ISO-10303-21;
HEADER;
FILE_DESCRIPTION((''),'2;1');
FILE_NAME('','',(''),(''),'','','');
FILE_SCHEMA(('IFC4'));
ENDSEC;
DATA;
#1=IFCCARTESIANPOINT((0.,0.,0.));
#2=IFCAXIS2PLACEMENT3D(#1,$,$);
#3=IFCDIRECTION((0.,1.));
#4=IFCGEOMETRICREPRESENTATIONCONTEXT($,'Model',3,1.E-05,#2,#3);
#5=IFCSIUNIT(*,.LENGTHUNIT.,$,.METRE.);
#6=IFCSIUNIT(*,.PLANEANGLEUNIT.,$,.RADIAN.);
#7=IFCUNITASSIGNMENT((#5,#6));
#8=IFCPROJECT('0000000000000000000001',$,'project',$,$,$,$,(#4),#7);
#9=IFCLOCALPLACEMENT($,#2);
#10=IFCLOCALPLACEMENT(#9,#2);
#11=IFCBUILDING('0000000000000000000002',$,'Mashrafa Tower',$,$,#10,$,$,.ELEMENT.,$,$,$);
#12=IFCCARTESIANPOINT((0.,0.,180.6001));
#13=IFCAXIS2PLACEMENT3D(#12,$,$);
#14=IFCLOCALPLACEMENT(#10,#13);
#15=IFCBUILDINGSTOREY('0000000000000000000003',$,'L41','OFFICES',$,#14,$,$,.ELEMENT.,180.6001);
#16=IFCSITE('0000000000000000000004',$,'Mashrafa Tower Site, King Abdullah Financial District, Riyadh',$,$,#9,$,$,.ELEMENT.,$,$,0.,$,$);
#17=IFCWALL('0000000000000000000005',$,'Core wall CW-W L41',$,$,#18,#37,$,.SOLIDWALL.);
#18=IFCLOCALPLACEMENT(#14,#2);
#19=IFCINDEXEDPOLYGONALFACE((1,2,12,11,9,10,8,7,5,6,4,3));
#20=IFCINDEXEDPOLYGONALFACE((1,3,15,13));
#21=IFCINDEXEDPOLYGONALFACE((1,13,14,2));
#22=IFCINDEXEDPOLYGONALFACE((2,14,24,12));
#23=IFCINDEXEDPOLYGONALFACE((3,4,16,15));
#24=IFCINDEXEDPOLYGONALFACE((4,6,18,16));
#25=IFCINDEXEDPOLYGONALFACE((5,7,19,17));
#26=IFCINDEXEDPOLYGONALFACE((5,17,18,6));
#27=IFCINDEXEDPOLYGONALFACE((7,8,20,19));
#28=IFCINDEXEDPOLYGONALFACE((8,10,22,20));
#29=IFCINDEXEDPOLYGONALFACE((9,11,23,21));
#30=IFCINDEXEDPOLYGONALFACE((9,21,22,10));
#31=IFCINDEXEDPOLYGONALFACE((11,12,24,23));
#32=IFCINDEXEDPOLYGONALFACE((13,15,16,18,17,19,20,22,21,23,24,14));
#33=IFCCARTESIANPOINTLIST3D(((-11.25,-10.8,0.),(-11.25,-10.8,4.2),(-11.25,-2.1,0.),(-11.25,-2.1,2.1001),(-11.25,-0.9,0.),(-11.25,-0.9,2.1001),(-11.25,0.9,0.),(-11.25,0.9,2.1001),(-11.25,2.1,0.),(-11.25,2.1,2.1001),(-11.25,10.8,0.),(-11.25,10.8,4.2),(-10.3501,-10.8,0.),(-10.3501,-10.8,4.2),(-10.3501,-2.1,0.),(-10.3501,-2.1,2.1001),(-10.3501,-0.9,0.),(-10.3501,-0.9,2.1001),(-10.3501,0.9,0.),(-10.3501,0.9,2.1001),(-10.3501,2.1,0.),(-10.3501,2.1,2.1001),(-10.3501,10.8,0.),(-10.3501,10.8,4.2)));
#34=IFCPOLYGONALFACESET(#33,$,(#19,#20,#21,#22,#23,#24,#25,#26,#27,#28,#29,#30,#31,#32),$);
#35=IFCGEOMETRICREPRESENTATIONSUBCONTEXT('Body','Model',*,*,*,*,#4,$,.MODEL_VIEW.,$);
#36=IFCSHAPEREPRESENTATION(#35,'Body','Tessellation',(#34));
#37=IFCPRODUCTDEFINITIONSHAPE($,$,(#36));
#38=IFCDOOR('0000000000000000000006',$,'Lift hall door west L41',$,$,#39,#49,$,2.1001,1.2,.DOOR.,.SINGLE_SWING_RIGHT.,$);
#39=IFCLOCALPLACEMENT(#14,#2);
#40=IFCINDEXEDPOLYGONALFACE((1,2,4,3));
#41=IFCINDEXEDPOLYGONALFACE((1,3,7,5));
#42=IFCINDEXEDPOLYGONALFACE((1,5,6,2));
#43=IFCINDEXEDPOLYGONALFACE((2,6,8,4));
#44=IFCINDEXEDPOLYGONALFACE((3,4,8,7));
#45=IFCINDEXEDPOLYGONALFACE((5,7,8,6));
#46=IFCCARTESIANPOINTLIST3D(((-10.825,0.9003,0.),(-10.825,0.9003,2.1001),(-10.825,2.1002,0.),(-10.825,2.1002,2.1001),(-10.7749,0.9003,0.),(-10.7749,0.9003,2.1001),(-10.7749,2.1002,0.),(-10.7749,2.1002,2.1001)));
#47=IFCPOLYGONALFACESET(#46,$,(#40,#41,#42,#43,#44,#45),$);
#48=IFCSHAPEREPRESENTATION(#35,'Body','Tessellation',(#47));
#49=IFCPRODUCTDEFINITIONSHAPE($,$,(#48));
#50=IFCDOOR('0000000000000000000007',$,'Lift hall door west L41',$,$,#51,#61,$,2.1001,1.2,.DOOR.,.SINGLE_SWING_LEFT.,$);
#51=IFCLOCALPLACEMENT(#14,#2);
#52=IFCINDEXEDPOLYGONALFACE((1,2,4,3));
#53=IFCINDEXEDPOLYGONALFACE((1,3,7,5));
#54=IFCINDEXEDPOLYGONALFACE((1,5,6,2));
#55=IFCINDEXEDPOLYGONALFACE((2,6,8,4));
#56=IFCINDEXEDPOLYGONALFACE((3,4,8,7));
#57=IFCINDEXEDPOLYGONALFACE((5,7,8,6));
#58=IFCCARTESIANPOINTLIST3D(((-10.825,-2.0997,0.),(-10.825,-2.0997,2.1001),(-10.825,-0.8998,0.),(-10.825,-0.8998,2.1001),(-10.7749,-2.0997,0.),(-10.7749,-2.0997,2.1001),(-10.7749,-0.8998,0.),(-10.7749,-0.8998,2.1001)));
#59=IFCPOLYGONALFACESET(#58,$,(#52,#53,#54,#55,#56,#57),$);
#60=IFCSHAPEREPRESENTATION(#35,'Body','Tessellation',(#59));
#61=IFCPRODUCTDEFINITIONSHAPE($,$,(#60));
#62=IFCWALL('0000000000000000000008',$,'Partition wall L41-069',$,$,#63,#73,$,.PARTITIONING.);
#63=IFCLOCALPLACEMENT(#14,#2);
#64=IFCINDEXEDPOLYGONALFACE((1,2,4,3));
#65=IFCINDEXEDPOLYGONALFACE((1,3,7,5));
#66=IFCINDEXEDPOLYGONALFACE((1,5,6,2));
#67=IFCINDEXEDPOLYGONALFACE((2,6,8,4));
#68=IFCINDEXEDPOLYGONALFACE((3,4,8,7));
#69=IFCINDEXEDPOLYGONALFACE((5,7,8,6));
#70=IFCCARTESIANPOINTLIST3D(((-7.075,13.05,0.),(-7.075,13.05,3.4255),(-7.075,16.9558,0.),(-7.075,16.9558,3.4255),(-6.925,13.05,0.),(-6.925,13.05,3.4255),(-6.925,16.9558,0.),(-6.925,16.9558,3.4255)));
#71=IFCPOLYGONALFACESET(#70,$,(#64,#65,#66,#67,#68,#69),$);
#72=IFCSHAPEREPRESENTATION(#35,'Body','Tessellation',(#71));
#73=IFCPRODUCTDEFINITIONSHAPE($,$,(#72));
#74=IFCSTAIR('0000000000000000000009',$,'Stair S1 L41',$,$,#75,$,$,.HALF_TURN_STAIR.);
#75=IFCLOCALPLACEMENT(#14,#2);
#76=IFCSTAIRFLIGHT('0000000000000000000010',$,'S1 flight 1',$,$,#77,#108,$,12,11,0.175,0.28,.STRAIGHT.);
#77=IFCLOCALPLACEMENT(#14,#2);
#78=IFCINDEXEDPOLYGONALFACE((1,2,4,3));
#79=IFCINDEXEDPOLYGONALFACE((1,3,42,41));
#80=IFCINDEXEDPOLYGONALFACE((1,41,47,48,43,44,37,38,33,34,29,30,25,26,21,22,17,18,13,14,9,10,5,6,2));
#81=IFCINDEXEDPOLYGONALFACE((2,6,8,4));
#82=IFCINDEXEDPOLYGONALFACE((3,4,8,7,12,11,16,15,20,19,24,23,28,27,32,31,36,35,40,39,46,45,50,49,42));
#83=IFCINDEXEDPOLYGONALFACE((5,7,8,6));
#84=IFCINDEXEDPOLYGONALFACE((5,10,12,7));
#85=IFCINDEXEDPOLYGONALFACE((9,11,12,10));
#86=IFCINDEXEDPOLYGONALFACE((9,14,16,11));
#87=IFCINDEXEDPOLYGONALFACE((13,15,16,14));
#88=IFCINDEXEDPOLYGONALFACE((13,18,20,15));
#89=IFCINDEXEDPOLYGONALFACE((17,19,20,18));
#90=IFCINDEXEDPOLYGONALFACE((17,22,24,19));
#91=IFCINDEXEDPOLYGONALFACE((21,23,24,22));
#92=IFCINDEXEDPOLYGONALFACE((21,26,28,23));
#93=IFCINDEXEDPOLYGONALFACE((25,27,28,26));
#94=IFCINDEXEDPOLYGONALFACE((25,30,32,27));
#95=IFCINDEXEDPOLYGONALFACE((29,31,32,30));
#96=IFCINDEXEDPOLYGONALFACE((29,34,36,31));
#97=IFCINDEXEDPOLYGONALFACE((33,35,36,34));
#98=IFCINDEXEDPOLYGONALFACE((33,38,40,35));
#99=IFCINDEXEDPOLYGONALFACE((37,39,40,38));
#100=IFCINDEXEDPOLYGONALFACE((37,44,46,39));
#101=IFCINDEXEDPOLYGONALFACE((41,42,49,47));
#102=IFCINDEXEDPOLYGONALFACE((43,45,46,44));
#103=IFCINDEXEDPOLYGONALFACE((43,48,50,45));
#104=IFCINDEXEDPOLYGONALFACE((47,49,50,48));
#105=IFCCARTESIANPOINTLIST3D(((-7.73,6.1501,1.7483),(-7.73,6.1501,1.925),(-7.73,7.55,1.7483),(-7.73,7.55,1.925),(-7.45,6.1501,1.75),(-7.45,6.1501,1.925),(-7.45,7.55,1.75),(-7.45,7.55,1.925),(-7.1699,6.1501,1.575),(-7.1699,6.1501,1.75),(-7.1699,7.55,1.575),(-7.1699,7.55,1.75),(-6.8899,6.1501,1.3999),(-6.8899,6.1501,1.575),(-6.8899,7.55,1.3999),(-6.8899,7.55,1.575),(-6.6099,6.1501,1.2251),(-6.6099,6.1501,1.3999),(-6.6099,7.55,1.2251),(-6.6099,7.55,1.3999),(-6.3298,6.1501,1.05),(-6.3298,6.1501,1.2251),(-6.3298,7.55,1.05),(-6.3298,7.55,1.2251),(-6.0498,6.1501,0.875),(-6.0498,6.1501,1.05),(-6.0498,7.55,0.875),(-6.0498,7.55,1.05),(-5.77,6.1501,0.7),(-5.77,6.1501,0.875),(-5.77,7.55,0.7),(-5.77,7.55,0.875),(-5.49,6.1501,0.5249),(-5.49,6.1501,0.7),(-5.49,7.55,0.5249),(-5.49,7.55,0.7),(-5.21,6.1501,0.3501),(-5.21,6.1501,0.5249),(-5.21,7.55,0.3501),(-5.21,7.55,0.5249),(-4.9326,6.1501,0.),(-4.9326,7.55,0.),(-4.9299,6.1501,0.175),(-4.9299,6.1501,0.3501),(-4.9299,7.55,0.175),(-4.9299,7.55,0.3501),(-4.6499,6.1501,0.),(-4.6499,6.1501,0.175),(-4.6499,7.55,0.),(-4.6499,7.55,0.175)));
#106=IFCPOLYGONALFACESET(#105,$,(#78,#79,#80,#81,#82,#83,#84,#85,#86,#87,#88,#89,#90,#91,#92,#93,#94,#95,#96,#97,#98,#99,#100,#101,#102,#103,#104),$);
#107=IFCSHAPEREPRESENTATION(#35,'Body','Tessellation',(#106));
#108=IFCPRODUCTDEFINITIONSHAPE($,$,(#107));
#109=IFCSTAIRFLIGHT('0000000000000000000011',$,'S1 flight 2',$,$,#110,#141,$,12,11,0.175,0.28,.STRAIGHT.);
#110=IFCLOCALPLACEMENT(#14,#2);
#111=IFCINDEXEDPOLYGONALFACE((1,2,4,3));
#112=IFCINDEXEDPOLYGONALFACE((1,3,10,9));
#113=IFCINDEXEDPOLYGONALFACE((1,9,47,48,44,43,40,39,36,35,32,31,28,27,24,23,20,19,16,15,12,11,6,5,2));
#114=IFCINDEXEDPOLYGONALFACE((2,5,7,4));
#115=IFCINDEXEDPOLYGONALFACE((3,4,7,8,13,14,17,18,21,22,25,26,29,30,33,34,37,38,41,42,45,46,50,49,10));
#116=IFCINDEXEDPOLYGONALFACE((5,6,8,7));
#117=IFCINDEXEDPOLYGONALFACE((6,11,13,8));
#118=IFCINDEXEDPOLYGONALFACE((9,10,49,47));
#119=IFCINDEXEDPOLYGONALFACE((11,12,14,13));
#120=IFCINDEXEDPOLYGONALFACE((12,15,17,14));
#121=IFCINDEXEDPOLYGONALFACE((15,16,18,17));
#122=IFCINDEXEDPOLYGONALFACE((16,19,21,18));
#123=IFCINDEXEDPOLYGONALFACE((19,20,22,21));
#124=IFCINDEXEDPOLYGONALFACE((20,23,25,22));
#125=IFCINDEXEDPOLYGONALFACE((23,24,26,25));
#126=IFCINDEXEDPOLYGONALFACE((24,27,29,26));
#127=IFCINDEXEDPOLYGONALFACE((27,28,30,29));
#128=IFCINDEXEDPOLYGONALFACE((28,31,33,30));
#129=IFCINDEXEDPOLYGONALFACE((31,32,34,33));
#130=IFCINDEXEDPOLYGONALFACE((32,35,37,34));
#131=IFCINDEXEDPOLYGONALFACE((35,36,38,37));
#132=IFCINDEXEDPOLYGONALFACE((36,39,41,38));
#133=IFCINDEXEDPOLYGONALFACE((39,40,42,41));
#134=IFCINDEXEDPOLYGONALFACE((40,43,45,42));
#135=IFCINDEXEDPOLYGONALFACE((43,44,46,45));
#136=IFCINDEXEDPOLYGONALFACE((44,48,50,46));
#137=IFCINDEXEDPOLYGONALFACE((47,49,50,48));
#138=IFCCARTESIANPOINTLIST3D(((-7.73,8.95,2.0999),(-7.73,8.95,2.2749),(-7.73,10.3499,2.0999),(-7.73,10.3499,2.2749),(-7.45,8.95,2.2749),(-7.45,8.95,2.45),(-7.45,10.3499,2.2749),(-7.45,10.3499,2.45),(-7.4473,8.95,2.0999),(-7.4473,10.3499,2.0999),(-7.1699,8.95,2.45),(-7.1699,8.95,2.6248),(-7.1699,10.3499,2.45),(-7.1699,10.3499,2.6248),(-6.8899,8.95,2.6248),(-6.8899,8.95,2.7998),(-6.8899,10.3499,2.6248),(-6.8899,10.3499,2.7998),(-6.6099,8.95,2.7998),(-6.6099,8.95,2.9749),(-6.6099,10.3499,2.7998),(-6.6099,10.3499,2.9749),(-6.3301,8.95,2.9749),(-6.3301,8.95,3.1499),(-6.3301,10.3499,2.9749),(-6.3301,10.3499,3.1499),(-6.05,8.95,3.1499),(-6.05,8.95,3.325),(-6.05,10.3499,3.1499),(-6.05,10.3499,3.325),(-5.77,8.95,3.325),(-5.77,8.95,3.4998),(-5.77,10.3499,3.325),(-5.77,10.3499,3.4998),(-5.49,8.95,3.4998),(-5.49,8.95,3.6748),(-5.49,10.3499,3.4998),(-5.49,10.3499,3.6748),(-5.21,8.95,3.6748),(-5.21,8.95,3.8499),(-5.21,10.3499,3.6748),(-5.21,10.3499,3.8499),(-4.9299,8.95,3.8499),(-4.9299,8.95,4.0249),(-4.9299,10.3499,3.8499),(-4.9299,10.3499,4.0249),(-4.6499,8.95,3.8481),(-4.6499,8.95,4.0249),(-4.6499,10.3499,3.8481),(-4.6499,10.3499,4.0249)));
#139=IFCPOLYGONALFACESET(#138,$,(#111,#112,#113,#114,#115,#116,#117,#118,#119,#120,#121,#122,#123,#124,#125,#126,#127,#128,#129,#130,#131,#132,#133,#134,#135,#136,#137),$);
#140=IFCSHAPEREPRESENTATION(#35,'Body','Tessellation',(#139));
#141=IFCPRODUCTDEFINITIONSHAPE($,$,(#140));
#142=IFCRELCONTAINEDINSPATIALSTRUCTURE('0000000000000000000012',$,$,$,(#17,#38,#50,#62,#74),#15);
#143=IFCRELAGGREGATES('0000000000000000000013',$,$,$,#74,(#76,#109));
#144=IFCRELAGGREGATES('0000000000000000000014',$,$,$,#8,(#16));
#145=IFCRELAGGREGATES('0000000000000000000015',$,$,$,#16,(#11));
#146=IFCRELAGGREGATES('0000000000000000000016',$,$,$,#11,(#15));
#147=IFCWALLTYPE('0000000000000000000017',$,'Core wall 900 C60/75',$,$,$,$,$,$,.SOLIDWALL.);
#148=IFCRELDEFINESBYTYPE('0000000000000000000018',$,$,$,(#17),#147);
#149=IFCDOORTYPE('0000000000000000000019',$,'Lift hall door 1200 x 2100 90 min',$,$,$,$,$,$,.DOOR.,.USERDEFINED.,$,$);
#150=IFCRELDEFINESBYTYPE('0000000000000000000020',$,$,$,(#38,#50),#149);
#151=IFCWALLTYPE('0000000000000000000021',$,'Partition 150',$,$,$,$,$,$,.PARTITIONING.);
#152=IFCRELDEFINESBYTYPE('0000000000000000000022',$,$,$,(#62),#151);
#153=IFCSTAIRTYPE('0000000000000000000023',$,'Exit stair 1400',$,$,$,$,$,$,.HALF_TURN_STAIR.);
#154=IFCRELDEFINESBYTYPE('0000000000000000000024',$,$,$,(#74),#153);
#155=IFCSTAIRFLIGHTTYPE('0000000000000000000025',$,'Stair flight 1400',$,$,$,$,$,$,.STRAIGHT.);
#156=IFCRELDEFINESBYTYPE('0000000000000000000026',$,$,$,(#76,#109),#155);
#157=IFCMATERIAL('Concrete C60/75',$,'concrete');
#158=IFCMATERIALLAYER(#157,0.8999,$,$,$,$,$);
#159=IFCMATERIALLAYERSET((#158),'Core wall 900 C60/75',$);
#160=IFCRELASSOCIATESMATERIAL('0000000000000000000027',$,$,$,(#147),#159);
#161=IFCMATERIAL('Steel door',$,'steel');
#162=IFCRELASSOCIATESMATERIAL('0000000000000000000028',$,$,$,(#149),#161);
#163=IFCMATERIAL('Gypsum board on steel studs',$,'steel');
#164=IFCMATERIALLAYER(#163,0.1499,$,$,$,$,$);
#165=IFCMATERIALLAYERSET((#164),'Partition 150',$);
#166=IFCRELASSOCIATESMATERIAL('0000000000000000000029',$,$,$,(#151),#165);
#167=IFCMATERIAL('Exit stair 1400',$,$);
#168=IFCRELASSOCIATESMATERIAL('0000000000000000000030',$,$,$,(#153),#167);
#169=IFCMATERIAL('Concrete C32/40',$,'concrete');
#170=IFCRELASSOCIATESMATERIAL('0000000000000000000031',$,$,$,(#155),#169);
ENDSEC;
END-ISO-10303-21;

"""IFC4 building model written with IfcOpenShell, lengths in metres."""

from ifc_helpers import new_model, si_unit, direction, frame, frame_2d, origin, place, context, subcontext, project, spatial, polyline, rectangle, outline, extrude, material, layer, layer_set, type_object, element, fill, aggregate, save


model = new_model("IFC4")

# Units and contexts
model_context = context("Model", 3, precision=1e-05, world=origin(), true_north=direction((0.0, 1.0)))
body_context = subcontext(model_context, "Body", "Model", "MODEL_VIEW")
ifc_project = project(units=[si_unit("LENGTHUNIT", "METRE"), si_unit("PLANEANGLEUNIT", "RADIAN")], contexts=[model_context])

# Site, building, storey
site_placement = place(None, origin())
site = spatial("IfcSite", under=ifc_project, at=site_placement, Name="Mashrafa Tower Site, King Abdullah Financial District, Riyadh", CompositionType="ELEMENT", RefElevation=0.0)
building_placement = place(site_placement, origin())
building = spatial("IfcBuilding", under=site, at=building_placement, Name="Mashrafa Tower", CompositionType="ELEMENT")
storey_placement = place(building_placement, frame((0.0, 0.0, 180.6001)))
storey = spatial("IfcBuildingStorey", under=building, at=storey_placement, Name="L41", Description="OFFICES", CompositionType="ELEMENT", Elevation=180.6001)

# Wall, openings, doors
ifc_material_1 = material(Name="Concrete C60/75", Category="concrete")
ifc_layer_1 = layer(ifc_material_1, 0.8999)
ifc_layer_set_1 = layer_set([ifc_layer_1], Name="Core wall 900 C60/75")
wall_type_1 = type_object("IfcWallType", Name="Core wall 900 C60/75", PredefinedType="SOLIDWALL", material=ifc_layer_set_1)
wall_1_placement = place(storey_placement, frame((-10.8, 10.8, 0.0), z_axis=(0.0, 0.0, 1.0), x_axis=(0.0, -1.0, 0.0)))
wall_1 = element("IfcWall", 1, at=wall_1_placement, inside=storey, type_object=wall_type_1, Name="Core wall CW-W L41", PredefinedType="SOLIDWALL", context=body_context, shape_type="SweptSolid", body=[
    extrude(rectangle(XDim=21.6001, YDim=0.8999, at=frame_2d((10.8, 0.0))), origin(), (0.0, 0.0, 1.0), 4.2),
])
opening_1_placement = place(wall_1_placement, frame((8.7, 0.0, 0.0)))
opening_1 = element("IfcOpeningElement", 2, at=opening_1_placement, cuts=wall_1, PredefinedType="OPENING", context=body_context, shape_type="SweptSolid", body=[
    extrude(rectangle(XDim=1.2, YDim=2.1001, at=frame_2d((0.6001, 1.05))), frame((0.0, 0.46, 0.0), z_axis=(0.0, -1.0, 0.0), x_axis=(1.0, 0.0, 0.0)), (0.0, 0.0, 1.0), 0.9199),
])
opening_2_placement = place(wall_1_placement, frame((11.7, 0.0, 0.0)))
opening_2 = element("IfcOpeningElement", 3, at=opening_2_placement, cuts=wall_1, PredefinedType="OPENING", context=body_context, shape_type="SweptSolid", body=[
    extrude(rectangle(XDim=1.2, YDim=2.1001, at=frame_2d((0.6001, 1.05))), frame((0.0, 0.46, 0.0), z_axis=(0.0, -1.0, 0.0), x_axis=(1.0, 0.0, 0.0)), (0.0, 0.0, 1.0), 0.9199),
])
ifc_material_2 = material(Name="Steel door", Category="steel")
door_type_1 = type_object("IfcDoorType", Name="Lift hall door 1200 x 2100 90 min", OperationType="USERDEFINED", PredefinedType="DOOR", material=ifc_material_2)
door_1_placement = place(opening_1_placement, frame((1.2, 0.0, 0.0), z_axis=(0.0, 0.0, 1.0), x_axis=(-1.0, 0.0, 0.0)))
door_1 = element("IfcDoor", 4, at=door_1_placement, inside=storey, type_object=door_type_1, Name="Lift hall door west L41", OperationType="SINGLE_SWING_RIGHT", OverallHeight=2.1001, OverallWidth=1.2, PredefinedType="DOOR", context=body_context, shape_type="SweptSolid", body=[
    extrude(rectangle(XDim=1.2, YDim=2.1001, at=frame_2d((0.6001, 1.05))), frame((0.0, 0.0249, 0.0), z_axis=(0.0, -1.0, 0.0), x_axis=(1.0, 0.0, 0.0)), (0.0, 0.0, 1.0), 0.05),
])
fill(opening_1, door_1)
door_2_placement = place(opening_2_placement, frame((1.2, 0.0, 0.0), z_axis=(0.0, 0.0, 1.0), x_axis=(-1.0, 0.0, 0.0)))
door_2 = element("IfcDoor", 5, at=door_2_placement, inside=storey, type_object=door_type_1, Name="Lift hall door west L41", OperationType="SINGLE_SWING_LEFT", OverallHeight=2.1001, OverallWidth=1.2, PredefinedType="DOOR", context=body_context, shape_type="SweptSolid", body=[
    extrude(rectangle(XDim=1.2, YDim=2.1001, at=frame_2d((0.6001, 1.05))), frame((0.0, 0.0249, 0.0), z_axis=(0.0, -1.0, 0.0), x_axis=(1.0, 0.0, 0.0)), (0.0, 0.0, 1.0), 0.05),
])
fill(opening_2, door_2)

# Wall
ifc_material_3 = material(Name="Gypsum board on steel studs", Category="steel")
ifc_layer_2 = layer(ifc_material_3, 0.1499)
ifc_layer_set_2 = layer_set([ifc_layer_2], Name="Partition 150")
wall_type_2 = type_object("IfcWallType", Name="Partition 150", PredefinedType="PARTITIONING", material=ifc_layer_set_2)
wall_2_placement = place(storey_placement, frame((-7.0, 13.05, 0.0), z_axis=(0.0, 0.0, 1.0), x_axis=(0.0, 1.0, 0.0)))
element("IfcWall", 6, at=wall_2_placement, inside=storey, type_object=wall_type_2, Name="Partition wall L41-069", PredefinedType="PARTITIONING", context=body_context, shape_type="SweptSolid", body=[
    extrude(rectangle(XDim=3.9058, YDim=0.1499, at=frame_2d((1.9529, 0.0))), origin(), (0.0, 0.0, 1.0), 3.4255),
])

# Stair, stair flights
ifc_material_4 = material(Name="Exit stair 1400")
stair_type = type_object("IfcStairType", Name="Exit stair 1400", PredefinedType="HALF_TURN_STAIR", material=ifc_material_4)
stair_placement = place(storey_placement, origin())
stair = element("IfcStair", 7, at=stair_placement, inside=storey, type_object=stair_type, Name="Stair S1 L41", PredefinedType="HALF_TURN_STAIR")
ifc_material_5 = material(Name="Concrete C32/40", Category="concrete")
stair_flight_type = type_object("IfcStairFlightType", Name="Stair flight 1400", PredefinedType="STRAIGHT", material=ifc_material_5)
stair_flight_1_placement = place(storey_placement, frame((-4.6499, 6.8501, 0.0), z_axis=(0.0, 0.0, 1.0), x_axis=(-1.0, 0.0, 0.0)))
stair_flight_1 = element("IfcStairFlight", 8, at=stair_flight_1_placement, type_object=stair_flight_type, Name="S1 flight 1", NumberOfRisers=12, NumberOfTreads=11, PredefinedType="STRAIGHT", RiserHeight=0.175, TreadLength=0.28, context=body_context, shape_type="SweptSolid", body=[
    extrude(outline(polyline([(0.0, 0.0), (0.0, 0.175), (0.28, 0.175), (0.28, 0.3501), (0.5601, 0.3501), (0.5601, 0.5249), (0.8401, 0.5249), (0.8401, 0.7), (1.1201, 0.7), (1.1201, 0.875), (1.3999, 0.875), (1.3999, 1.05), (1.6799, 1.05), (1.6799, 1.2251), (1.96, 1.2251), (1.96, 1.3999), (2.24, 1.3999), (2.24, 1.575), (2.52, 1.575), (2.52, 1.75), (2.8, 1.75), (2.8, 1.925), (3.0801, 1.925), (3.0801, 2.1001), (3.0801, 1.7483), (0.2827, 0.0), (0.0, 0.0)])), frame((0.0, 0.7, 0.0), z_axis=(0.0, -1.0, 0.0), x_axis=(1.0, 0.0, 0.0)), (0.0, 0.0, 1.0), 1.3999),
])
stair_flight_2_placement = place(storey_placement, frame((-7.73, 9.6499, 2.0999), z_axis=(0.0, 0.0, 1.0), x_axis=(1.0, 0.0, 0.0)))
stair_flight_2 = element("IfcStairFlight", 9, at=stair_flight_2_placement, type_object=stair_flight_type, Name="S1 flight 2", NumberOfRisers=12, NumberOfTreads=11, PredefinedType="STRAIGHT", RiserHeight=0.175, TreadLength=0.28, context=body_context, shape_type="SweptSolid", body=[
    extrude(outline(polyline([(0.0, 0.0), (0.0, 0.175), (0.28, 0.175), (0.28, 0.3501), (0.5601, 0.3501), (0.5601, 0.5249), (0.8401, 0.5249), (0.8401, 0.7), (1.1201, 0.7), (1.1201, 0.875), (1.3999, 0.875), (1.3999, 1.05), (1.6799, 1.05), (1.6799, 1.2251), (1.96, 1.2251), (1.96, 1.3999), (2.24, 1.3999), (2.24, 1.575), (2.52, 1.575), (2.52, 1.75), (2.8, 1.75), (2.8, 1.925), (3.0801, 1.925), (3.0801, 2.1001), (3.0801, 1.7483), (0.2827, 0.0), (0.0, 0.0)])), frame((0.0, 0.7, 0.0), z_axis=(0.0, -1.0, 0.0), x_axis=(1.0, 0.0, 0.0)), (0.0, 0.0, 1.0), 1.3999),
])
aggregate(stair, [stair_flight_1, stair_flight_2])

save(model, "model.ifc")
